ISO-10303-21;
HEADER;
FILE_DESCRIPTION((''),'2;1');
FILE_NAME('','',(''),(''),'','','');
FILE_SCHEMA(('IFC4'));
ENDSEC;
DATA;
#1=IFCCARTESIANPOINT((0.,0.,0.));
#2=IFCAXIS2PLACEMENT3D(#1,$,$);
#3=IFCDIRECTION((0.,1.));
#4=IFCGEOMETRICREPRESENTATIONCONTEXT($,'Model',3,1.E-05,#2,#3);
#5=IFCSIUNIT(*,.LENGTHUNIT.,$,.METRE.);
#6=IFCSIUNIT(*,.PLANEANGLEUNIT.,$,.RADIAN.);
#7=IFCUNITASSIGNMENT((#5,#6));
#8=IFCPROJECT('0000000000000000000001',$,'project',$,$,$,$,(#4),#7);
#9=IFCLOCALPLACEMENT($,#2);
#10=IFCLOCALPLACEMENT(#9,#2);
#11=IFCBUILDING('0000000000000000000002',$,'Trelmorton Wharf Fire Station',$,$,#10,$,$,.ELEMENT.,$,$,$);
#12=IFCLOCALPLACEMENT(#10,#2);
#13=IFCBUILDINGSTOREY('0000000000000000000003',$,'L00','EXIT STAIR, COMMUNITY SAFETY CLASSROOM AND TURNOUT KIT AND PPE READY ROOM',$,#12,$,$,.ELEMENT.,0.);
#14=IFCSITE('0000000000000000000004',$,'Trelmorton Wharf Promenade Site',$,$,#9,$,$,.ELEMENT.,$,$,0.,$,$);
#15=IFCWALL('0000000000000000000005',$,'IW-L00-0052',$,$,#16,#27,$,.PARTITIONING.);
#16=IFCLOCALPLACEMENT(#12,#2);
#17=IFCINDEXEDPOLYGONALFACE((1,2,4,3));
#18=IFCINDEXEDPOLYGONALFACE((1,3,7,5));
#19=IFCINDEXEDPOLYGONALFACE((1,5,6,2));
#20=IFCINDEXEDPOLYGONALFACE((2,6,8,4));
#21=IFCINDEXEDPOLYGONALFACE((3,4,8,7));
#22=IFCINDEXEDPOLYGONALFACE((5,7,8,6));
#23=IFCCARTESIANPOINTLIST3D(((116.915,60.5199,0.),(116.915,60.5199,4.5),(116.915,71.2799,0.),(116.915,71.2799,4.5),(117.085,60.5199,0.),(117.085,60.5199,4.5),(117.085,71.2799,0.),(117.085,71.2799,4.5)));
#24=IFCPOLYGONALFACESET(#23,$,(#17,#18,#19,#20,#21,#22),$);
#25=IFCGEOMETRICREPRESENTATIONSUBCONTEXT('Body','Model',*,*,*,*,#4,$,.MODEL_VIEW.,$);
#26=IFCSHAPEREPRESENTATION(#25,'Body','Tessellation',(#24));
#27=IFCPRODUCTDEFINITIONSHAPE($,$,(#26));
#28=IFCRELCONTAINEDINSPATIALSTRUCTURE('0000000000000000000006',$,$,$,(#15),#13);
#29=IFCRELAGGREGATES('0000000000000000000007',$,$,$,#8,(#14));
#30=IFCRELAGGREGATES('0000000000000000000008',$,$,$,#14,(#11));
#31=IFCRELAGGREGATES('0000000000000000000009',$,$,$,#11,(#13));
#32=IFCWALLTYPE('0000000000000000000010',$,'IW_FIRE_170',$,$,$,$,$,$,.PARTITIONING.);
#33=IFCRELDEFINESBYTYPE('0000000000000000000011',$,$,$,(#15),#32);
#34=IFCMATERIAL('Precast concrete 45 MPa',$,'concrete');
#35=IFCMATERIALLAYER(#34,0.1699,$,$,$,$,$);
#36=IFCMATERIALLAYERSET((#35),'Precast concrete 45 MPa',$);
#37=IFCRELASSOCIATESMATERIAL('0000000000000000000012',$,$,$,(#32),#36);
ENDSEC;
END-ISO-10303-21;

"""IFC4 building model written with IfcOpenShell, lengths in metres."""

from ifc_helpers import new_model, si_unit, direction, frame, frame_2d, origin, place, context, subcontext, project, spatial, rectangle, extrude, material, layer, layer_set, type_object, element, save


model = new_model("IFC4")

# Units and contexts
model_context = context("Model", 3, precision=1e-05, world=origin(), true_north=direction((0.0, 1.0)))
body_context = subcontext(model_context, "Body", "Model", "MODEL_VIEW")
ifc_project = project(units=[si_unit("LENGTHUNIT", "METRE"), si_unit("PLANEANGLEUNIT", "RADIAN")], contexts=[model_context])

# Site, building, storey
site_placement = place(None, origin())
site = spatial("IfcSite", under=ifc_project, at=site_placement, Name="Trelmorton Wharf Promenade Site", CompositionType="ELEMENT", RefElevation=0.0)
building_placement = place(site_placement, origin())
building = spatial("IfcBuilding", under=site, at=building_placement, Name="Trelmorton Wharf Fire Station", CompositionType="ELEMENT")
storey_placement = place(building_placement, origin())
storey = spatial("IfcBuildingStorey", under=building, at=storey_placement, Name="L00", Description="EXIT STAIR, COMMUNITY SAFETY CLASSROOM AND TURNOUT KIT AND PPE READY ROOM", CompositionType="ELEMENT", Elevation=0.0)

# Wall
ifc_material_1 = material(Name="Precast concrete 45 MPa", Category="concrete")
ifc_layer_1 = layer(ifc_material_1, 0.1699)
ifc_layer_set_1 = layer_set([ifc_layer_1], Name="Precast concrete 45 MPa")
wall_type = type_object("IfcWallType", Name="IW_FIRE_170", PredefinedType="PARTITIONING", material=ifc_layer_set_1)
wall_placement = place(storey_placement, frame((117.0, 60.52, 0.0), z_axis=(0.0, 0.0, 1.0), x_axis=(0.0, 1.0, 0.0)))
element("IfcWall", 1, at=wall_placement, inside=storey, type_object=wall_type, Name="IW-L00-0052", PredefinedType="PARTITIONING", context=body_context, shape_type="SweptSolid", body=[
    extrude(rectangle(XDim=10.76, YDim=0.1699, at=frame_2d((5.3799, 0.0))), origin(), (0.0, 0.0, 1.0), 4.5),
])

save(model, "model.ifc")
